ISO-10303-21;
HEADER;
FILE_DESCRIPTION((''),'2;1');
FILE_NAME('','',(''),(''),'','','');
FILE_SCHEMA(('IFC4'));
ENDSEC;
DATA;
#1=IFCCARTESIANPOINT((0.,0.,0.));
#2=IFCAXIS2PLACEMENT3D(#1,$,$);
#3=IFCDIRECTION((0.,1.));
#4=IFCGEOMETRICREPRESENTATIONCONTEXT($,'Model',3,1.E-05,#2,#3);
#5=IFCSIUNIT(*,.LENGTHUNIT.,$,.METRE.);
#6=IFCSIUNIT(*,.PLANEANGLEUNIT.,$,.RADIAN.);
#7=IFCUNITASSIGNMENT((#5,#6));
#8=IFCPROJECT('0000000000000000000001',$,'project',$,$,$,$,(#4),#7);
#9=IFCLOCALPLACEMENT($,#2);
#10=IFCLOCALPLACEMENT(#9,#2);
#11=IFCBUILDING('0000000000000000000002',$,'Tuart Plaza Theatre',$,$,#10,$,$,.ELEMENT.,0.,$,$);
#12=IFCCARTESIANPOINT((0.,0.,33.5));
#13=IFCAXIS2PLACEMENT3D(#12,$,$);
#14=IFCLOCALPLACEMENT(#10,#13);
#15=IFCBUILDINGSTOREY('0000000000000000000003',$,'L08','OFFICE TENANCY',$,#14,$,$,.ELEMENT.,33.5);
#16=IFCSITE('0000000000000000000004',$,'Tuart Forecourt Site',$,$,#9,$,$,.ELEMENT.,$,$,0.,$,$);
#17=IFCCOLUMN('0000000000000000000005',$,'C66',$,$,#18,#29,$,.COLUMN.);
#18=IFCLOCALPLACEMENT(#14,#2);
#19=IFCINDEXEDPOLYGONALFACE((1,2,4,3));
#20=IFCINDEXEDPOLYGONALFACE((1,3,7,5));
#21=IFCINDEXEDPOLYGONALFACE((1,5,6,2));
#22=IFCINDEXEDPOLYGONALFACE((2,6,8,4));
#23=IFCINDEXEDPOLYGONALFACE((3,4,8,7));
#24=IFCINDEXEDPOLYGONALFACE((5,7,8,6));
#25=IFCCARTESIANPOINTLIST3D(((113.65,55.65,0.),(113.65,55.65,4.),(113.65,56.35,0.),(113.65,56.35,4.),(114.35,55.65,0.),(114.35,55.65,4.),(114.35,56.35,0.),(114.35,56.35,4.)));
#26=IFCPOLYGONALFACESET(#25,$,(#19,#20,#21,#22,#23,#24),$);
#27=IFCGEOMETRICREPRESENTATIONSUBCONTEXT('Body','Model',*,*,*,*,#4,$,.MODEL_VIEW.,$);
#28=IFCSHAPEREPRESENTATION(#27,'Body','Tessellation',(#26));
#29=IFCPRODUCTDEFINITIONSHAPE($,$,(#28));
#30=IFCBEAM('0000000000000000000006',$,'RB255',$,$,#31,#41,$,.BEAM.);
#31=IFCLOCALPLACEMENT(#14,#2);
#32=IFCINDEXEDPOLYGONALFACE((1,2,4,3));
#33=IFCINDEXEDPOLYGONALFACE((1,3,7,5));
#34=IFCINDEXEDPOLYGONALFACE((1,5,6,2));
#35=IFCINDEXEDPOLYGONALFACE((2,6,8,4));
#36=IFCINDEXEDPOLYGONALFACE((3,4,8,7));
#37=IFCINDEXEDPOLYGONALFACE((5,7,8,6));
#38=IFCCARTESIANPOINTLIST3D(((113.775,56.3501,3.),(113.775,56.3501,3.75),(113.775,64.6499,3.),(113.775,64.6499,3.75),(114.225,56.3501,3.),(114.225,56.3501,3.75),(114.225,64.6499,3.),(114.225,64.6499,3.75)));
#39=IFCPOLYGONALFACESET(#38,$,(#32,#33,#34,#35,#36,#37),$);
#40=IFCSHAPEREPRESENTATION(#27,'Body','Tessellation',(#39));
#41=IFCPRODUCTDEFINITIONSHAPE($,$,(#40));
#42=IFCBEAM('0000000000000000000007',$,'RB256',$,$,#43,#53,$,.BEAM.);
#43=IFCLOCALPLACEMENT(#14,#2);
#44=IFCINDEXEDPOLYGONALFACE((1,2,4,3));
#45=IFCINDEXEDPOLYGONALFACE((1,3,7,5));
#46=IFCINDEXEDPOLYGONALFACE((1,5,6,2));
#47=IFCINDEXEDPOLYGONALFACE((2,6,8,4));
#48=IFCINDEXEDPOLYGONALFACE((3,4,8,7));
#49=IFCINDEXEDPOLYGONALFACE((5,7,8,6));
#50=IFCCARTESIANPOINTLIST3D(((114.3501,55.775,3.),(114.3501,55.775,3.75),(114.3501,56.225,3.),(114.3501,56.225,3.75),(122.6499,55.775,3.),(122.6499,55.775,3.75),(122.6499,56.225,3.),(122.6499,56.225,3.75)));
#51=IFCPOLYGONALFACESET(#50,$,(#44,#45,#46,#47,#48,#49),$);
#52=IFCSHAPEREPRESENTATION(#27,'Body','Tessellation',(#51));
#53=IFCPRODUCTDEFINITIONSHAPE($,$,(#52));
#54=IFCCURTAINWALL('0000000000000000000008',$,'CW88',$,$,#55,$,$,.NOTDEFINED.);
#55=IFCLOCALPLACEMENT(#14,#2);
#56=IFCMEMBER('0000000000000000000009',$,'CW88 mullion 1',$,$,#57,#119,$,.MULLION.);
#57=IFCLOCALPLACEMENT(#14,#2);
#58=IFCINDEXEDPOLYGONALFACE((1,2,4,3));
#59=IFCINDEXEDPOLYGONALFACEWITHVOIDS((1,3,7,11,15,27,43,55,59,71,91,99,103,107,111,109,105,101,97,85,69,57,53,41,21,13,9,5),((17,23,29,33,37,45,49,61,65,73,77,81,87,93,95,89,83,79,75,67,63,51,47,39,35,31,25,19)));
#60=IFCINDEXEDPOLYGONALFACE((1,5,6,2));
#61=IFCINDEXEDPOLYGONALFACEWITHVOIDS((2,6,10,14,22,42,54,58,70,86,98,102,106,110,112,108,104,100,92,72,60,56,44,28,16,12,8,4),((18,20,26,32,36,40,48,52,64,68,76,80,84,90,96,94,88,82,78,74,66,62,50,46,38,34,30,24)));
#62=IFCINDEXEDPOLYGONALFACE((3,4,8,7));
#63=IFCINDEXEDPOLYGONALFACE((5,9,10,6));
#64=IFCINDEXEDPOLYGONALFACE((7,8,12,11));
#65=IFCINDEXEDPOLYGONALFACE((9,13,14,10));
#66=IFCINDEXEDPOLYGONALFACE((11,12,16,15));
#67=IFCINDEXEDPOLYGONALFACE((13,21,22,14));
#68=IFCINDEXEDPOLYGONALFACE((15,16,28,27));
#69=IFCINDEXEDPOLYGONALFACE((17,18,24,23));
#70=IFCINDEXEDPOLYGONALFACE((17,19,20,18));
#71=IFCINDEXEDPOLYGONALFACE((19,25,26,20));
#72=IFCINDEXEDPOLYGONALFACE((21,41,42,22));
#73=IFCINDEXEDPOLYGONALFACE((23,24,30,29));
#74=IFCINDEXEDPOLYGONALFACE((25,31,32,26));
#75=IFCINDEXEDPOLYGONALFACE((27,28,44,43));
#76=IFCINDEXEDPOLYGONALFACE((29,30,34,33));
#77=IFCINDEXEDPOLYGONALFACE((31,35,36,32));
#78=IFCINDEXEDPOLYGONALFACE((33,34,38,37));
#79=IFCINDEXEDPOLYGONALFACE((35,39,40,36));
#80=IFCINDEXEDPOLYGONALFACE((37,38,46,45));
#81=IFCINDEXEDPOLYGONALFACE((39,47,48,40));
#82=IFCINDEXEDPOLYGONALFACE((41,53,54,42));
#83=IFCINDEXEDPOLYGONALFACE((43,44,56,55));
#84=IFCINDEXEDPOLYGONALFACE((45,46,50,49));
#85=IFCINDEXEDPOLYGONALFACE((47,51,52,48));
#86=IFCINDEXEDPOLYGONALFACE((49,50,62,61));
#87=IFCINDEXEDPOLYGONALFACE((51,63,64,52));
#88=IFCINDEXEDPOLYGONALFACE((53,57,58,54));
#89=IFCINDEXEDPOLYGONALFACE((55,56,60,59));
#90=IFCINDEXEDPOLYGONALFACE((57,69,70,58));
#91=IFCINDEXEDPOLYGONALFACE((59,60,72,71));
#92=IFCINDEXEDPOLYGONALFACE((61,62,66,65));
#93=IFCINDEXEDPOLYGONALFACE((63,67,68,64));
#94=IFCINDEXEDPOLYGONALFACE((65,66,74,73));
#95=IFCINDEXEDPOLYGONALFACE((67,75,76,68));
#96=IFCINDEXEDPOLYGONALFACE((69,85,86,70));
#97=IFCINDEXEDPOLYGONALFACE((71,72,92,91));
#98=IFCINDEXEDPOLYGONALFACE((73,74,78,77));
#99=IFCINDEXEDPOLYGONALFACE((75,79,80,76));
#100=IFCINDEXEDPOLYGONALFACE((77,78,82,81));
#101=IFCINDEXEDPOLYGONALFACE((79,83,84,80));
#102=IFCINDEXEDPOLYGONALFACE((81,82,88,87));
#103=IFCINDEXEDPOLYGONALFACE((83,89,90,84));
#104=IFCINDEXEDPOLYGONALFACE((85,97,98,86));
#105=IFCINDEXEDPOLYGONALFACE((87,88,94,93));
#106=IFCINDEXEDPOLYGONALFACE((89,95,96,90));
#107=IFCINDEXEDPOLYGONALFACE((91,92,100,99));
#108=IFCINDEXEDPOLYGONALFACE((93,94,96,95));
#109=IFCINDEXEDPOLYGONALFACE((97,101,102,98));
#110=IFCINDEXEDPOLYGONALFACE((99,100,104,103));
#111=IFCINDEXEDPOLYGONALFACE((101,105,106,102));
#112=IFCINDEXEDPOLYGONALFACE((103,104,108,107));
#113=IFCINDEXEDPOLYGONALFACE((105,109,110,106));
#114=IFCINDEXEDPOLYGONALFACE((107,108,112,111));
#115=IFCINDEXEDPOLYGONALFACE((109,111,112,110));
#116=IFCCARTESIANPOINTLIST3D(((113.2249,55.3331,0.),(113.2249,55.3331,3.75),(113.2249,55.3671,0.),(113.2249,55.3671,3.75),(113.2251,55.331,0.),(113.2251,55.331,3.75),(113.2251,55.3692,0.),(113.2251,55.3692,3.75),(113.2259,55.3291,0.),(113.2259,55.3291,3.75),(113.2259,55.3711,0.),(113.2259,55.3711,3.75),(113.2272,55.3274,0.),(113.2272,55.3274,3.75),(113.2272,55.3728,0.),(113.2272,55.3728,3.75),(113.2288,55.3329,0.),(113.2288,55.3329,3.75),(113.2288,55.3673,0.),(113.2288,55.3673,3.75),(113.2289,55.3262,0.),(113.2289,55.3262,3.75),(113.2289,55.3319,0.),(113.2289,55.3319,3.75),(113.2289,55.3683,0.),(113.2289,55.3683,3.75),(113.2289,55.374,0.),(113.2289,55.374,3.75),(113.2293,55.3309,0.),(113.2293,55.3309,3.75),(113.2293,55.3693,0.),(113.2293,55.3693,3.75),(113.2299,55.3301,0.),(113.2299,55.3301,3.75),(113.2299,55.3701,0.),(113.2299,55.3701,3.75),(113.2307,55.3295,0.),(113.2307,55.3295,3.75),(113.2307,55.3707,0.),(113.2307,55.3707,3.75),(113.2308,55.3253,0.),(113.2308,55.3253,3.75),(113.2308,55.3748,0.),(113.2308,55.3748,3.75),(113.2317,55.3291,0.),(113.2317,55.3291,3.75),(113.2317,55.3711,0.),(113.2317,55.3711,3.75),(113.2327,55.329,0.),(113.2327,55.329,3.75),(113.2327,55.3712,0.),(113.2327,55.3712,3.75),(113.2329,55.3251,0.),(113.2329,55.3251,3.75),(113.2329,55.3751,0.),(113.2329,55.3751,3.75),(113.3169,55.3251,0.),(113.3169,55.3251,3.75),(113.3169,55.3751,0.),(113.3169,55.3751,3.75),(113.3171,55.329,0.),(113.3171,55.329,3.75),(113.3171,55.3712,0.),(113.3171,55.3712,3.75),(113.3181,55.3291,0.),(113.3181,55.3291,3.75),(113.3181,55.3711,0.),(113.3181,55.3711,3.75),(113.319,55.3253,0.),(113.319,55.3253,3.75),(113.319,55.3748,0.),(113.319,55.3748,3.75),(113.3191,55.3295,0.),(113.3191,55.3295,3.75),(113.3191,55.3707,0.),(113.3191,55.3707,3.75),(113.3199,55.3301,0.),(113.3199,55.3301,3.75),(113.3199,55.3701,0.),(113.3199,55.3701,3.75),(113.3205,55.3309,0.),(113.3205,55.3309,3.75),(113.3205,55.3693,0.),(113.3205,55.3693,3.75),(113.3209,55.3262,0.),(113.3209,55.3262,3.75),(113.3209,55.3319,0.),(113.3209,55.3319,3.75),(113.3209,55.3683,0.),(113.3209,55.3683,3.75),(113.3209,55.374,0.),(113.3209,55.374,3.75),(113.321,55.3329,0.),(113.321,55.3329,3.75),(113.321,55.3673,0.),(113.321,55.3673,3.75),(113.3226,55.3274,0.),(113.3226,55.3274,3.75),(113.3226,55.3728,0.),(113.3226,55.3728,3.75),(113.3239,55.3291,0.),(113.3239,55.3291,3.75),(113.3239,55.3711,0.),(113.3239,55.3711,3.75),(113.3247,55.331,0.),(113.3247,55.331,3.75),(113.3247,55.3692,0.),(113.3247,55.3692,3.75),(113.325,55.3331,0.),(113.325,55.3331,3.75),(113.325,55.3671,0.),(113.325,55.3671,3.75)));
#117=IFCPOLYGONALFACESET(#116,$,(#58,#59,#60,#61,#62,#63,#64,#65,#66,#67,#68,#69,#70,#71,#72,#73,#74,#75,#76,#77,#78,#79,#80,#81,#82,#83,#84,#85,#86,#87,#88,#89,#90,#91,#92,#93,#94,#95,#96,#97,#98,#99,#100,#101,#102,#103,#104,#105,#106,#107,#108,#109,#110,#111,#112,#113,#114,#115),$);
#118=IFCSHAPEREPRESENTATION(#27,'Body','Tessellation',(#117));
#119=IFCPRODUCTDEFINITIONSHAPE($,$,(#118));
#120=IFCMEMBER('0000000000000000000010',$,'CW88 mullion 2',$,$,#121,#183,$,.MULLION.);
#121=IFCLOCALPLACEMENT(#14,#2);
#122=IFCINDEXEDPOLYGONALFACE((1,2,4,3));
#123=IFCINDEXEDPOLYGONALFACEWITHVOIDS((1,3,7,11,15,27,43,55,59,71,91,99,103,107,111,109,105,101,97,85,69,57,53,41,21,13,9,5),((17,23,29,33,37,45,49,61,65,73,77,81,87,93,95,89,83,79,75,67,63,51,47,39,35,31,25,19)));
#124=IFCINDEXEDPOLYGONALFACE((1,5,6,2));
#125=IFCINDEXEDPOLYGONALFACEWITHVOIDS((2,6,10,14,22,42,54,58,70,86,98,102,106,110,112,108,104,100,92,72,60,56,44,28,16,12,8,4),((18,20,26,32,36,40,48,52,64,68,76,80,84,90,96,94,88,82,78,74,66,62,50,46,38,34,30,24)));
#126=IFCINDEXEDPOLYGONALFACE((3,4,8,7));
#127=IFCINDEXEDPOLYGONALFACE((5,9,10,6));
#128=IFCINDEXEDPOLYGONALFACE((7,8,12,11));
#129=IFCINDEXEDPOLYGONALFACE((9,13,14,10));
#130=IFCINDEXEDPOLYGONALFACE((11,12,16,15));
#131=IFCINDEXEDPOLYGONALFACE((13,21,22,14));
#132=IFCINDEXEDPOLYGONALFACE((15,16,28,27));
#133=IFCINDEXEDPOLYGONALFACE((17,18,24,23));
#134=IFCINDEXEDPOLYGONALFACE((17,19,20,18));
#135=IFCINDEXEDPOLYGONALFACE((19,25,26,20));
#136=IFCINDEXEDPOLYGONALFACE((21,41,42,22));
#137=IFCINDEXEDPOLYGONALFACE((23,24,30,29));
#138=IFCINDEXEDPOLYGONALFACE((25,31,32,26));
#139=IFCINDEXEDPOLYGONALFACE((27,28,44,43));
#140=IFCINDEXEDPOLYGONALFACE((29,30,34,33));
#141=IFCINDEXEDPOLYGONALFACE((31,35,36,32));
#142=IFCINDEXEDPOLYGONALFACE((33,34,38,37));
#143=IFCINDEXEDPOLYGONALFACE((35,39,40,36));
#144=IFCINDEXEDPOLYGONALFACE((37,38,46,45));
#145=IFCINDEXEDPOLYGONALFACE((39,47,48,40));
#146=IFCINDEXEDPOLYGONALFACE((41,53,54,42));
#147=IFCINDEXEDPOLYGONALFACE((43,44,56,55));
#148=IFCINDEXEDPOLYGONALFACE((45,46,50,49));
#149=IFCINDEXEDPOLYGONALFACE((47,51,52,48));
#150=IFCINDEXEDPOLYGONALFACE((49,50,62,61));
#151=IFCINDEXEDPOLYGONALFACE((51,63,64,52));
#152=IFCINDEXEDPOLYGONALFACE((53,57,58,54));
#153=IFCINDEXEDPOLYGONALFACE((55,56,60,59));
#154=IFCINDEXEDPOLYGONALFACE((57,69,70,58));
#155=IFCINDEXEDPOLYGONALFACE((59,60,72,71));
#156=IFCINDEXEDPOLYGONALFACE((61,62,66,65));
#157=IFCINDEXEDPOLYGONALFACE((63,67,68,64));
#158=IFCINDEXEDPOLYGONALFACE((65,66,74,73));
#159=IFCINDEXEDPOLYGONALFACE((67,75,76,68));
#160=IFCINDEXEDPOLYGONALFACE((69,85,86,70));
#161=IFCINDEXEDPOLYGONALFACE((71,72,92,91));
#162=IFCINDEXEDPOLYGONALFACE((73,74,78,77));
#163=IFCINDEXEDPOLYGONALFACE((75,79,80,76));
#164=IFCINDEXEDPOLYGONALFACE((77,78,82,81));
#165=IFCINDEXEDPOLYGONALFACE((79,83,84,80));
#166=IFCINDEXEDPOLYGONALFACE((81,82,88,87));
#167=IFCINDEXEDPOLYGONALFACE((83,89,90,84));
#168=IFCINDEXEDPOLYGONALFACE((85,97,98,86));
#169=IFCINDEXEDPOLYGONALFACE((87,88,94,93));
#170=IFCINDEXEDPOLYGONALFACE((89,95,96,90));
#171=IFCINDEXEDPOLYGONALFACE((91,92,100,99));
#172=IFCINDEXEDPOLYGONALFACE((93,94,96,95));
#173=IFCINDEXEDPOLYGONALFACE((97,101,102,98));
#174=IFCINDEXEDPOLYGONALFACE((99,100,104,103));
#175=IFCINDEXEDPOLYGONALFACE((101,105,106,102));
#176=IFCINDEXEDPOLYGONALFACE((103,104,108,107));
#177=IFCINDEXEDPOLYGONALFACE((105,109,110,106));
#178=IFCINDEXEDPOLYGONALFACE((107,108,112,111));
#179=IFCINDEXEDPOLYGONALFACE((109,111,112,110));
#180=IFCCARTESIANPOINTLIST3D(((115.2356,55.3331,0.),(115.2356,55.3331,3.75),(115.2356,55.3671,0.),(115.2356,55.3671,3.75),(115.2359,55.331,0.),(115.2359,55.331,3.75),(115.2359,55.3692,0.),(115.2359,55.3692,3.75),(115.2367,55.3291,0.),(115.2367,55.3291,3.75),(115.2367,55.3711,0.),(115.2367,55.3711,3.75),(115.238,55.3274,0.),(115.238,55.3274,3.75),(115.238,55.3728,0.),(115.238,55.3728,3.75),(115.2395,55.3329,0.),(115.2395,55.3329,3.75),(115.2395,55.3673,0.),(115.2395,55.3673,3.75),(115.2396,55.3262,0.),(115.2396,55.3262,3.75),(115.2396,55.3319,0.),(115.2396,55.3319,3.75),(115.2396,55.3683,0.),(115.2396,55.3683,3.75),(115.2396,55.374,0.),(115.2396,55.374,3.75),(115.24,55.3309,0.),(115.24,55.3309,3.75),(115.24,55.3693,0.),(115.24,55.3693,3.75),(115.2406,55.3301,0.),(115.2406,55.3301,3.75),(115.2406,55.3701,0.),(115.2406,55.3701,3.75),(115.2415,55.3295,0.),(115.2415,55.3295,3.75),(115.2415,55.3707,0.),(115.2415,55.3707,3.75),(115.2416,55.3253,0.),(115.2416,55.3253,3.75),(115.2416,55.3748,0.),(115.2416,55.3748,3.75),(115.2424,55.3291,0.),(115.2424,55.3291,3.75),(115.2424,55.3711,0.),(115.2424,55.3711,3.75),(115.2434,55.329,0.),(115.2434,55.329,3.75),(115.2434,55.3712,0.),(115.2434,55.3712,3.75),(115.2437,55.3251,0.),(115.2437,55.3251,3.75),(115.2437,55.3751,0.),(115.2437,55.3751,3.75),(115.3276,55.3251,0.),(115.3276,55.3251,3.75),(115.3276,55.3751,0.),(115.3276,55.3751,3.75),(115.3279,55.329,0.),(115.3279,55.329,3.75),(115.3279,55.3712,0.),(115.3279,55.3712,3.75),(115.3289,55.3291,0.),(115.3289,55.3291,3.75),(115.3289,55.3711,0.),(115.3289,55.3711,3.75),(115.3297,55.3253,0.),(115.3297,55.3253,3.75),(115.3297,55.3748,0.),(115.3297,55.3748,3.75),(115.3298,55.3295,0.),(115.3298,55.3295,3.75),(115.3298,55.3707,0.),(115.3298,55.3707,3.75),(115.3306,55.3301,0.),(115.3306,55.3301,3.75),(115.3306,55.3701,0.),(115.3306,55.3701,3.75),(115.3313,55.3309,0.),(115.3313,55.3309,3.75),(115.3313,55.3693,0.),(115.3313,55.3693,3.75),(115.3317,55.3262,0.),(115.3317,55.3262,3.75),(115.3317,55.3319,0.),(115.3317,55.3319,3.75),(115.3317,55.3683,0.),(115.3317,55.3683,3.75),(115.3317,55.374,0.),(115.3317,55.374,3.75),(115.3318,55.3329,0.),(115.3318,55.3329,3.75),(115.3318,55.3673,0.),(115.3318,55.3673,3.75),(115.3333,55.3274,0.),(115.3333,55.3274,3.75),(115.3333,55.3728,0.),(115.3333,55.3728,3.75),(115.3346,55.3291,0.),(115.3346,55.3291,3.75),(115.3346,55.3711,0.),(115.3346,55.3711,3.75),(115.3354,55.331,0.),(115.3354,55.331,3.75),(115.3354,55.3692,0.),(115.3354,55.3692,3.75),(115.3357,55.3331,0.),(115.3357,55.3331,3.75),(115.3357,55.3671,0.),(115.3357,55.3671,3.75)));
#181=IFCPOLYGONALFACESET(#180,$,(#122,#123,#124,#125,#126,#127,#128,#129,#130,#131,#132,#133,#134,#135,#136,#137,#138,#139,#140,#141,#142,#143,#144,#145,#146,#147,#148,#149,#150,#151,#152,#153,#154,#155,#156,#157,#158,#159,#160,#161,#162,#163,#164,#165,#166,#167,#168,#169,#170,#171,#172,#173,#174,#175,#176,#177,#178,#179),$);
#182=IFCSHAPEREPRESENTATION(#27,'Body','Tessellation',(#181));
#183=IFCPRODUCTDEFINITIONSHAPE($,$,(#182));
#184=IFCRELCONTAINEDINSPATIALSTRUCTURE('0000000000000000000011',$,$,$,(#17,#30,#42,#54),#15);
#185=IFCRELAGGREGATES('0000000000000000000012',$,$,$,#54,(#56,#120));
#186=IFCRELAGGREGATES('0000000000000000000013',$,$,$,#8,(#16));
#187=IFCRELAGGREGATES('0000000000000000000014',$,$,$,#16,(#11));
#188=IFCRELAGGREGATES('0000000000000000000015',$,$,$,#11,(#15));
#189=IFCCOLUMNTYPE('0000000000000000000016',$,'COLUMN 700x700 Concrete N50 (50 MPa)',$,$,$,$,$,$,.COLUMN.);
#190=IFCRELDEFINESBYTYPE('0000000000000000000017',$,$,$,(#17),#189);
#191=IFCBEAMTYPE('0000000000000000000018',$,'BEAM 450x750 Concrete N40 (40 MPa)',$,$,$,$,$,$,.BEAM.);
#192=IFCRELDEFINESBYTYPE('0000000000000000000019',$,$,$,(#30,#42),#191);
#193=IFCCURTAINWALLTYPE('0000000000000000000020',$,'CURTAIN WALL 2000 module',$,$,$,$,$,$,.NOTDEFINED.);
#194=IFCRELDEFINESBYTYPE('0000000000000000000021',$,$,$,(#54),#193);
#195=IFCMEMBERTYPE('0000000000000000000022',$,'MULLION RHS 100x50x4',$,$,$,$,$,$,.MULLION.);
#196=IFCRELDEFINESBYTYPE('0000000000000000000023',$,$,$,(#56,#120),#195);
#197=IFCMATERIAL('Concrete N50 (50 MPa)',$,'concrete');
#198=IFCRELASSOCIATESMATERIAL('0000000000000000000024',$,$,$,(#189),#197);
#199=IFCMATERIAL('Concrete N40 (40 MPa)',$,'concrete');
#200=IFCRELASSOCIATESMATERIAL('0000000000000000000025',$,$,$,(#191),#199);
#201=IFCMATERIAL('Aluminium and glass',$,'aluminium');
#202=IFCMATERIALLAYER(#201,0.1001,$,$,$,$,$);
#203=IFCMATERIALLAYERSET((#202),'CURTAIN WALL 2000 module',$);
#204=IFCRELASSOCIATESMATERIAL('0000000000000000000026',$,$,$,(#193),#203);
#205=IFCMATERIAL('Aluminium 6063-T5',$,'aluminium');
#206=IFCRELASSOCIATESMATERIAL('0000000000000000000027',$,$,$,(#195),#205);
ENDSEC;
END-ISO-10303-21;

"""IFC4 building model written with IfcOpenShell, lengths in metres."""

from ifc_helpers import new_model, si_unit, direction, frame, origin, origin_2d, place, context, subcontext, project, spatial, rectangle, hollow_rectangle, extrude, material, layer, layer_set, material_profile, profile_set, type_object, element, aggregate, save


model = new_model("IFC4")

# Units and contexts
model_context = context("Model", 3, precision=1e-05, world=origin(), true_north=direction((0.0, 1.0)))
body_context = subcontext(model_context, "Body", "Model", "MODEL_VIEW")
ifc_project = project(units=[si_unit("LENGTHUNIT", "METRE"), si_unit("PLANEANGLEUNIT", "RADIAN")], contexts=[model_context])

# Site, building, storey
site_placement = place(None, origin())
site = spatial("IfcSite", under=ifc_project, at=site_placement, Name="Tuart Forecourt Site", CompositionType="ELEMENT", RefElevation=0.0)
building_placement = place(site_placement, origin())
building = spatial("IfcBuilding", under=site, at=building_placement, Name="Tuart Plaza Theatre", CompositionType="ELEMENT", ElevationOfRefHeight=0.0)
storey_placement = place(building_placement, frame((0.0, 0.0, 33.5)))
storey = spatial("IfcBuildingStorey", under=building, at=storey_placement, Name="L08", Description="OFFICE TENANCY", CompositionType="ELEMENT", Elevation=33.5)

# Column
ifc_material_1 = material(Name="Concrete N50 (50 MPa)", Category="concrete")
ifc_material_profile_1 = material_profile(ifc_material_1, rectangle(XDim=0.7, YDim=0.7, at=origin_2d()), Name="COLUMN 700x700 Concrete N50 (50 MPa)")
ifc_profile_set_1 = profile_set([ifc_material_profile_1], Name="Concrete N50 (50 MPa)")
column_type = type_object("IfcColumnType", Name="COLUMN 700x700 Concrete N50 (50 MPa)", PredefinedType="COLUMN", material=ifc_profile_set_1)
column_placement = place(storey_placement, frame((114.0, 56.0, 0.0), z_axis=(0.0, 0.0, 1.0), x_axis=(1.0, 0.0, 0.0)))
element("IfcColumn", 1, at=column_placement, inside=storey, type_object=column_type, Name="C66", PredefinedType="COLUMN", context=body_context, shape_type="SweptSolid", body=[
    extrude(rectangle(XDim=0.7, YDim=0.7, at=origin_2d()), origin(), (0.0, 0.0, 1.0), 4.0),
])

# Beams
ifc_material_2 = material(Name="Concrete N40 (40 MPa)", Category="concrete")
ifc_material_profile_2 = material_profile(ifc_material_2, rectangle(XDim=0.45, YDim=0.75, at=origin_2d()), Name="BEAM 450x750 Concrete N40 (40 MPa)")
ifc_profile_set_2 = profile_set([ifc_material_profile_2], Name="Concrete N40 (40 MPa)")
beam_type = type_object("IfcBeamType", Name="BEAM 450x750 Concrete N40 (40 MPa)", PredefinedType="BEAM", material=ifc_profile_set_2)
for number, where, z_axis, x_axis, name in (
    (2, (114.0, 56.3501, 3.375), (0.0, 1.0, 0.0), (-1.0, 0.0, 0.0), "RB255"),
    (3, (114.3501, 56.0, 3.375), (1.0, 0.0, 0.0), (0.0, 1.0, 0.0), "RB256"),
):
    element("IfcBeam", number, at=place(storey_placement, frame(where, z_axis=z_axis, x_axis=x_axis)), inside=storey, type_object=beam_type, Name=name, PredefinedType="BEAM", context=body_context, shape_type="SweptSolid", body=[
        extrude(rectangle(XDim=0.45, YDim=0.75, at=origin_2d()), origin(), (0.0, 0.0, 1.0), 8.2998),
    ])

# Curtain wall, members
ifc_material_3 = material(Name="Aluminium and glass", Category="aluminium")
ifc_layer_1 = layer(ifc_material_3, 0.1001)
ifc_layer_set_1 = layer_set([ifc_layer_1], Name="CURTAIN WALL 2000 module")
curtain_wall_type = type_object("IfcCurtainWallType", Name="CURTAIN WALL 2000 module", PredefinedType="NOTDEFINED", material=ifc_layer_set_1)
curtain_wall_1_placement = place(storey_placement, origin())
curtain_wall_1 = element("IfcCurtainWall", 4, at=curtain_wall_1_placement, inside=storey, type_object=curtain_wall_type, Name="CW88", PredefinedType="NOTDEFINED")
ifc_material_4 = material(Name="Aluminium 6063-T5", Category="aluminium")
ifc_material_profile_3 = material_profile(ifc_material_4, hollow_rectangle(XDim=0.05, YDim=0.1001, WallThickness=0.0039, InnerFilletRadius=0.0039, OuterFilletRadius=0.0081, at=origin_2d()), Name="RHS 100x50x4")
ifc_profile_set_3 = profile_set([ifc_material_profile_3], Name="Aluminium 6063-T5")
member_type_1 = type_object("IfcMemberType", Name="MULLION RHS 100x50x4", PredefinedType="MULLION", material=ifc_profile_set_3)
member_1_placement = place(storey_placement, frame((113.2749, 55.3501, 0.0), z_axis=(0.0, 0.0, 1.0), x_axis=(0.0, 1.0, 0.0)))
member_1 = element("IfcMember", 5, at=member_1_placement, type_object=member_type_1, Name="CW88 mullion 1", PredefinedType="MULLION", context=body_context, shape_type="SweptSolid", body=[
    extrude(hollow_rectangle(XDim=0.05, YDim=0.1001, WallThickness=0.0039, InnerFilletRadius=0.0039, OuterFilletRadius=0.0081, at=origin_2d()), origin(), (0.0, 0.0, 1.0), 3.75),
])
member_2_placement = place(storey_placement, frame((115.2856, 55.3501, 0.0), z_axis=(0.0, 0.0, 1.0), x_axis=(0.0, 1.0, 0.0)))
member_2 = element("IfcMember", 6, at=member_2_placement, type_object=member_type_1, Name="CW88 mullion 2", PredefinedType="MULLION", context=body_context, shape_type="SweptSolid", body=[
    extrude(hollow_rectangle(XDim=0.05, YDim=0.1001, WallThickness=0.0039, InnerFilletRadius=0.0039, OuterFilletRadius=0.0081, at=origin_2d()), origin(), (0.0, 0.0, 1.0), 3.75),
])

aggregate(curtain_wall_1, [member_1, member_2])

save(model, "model.ifc")
